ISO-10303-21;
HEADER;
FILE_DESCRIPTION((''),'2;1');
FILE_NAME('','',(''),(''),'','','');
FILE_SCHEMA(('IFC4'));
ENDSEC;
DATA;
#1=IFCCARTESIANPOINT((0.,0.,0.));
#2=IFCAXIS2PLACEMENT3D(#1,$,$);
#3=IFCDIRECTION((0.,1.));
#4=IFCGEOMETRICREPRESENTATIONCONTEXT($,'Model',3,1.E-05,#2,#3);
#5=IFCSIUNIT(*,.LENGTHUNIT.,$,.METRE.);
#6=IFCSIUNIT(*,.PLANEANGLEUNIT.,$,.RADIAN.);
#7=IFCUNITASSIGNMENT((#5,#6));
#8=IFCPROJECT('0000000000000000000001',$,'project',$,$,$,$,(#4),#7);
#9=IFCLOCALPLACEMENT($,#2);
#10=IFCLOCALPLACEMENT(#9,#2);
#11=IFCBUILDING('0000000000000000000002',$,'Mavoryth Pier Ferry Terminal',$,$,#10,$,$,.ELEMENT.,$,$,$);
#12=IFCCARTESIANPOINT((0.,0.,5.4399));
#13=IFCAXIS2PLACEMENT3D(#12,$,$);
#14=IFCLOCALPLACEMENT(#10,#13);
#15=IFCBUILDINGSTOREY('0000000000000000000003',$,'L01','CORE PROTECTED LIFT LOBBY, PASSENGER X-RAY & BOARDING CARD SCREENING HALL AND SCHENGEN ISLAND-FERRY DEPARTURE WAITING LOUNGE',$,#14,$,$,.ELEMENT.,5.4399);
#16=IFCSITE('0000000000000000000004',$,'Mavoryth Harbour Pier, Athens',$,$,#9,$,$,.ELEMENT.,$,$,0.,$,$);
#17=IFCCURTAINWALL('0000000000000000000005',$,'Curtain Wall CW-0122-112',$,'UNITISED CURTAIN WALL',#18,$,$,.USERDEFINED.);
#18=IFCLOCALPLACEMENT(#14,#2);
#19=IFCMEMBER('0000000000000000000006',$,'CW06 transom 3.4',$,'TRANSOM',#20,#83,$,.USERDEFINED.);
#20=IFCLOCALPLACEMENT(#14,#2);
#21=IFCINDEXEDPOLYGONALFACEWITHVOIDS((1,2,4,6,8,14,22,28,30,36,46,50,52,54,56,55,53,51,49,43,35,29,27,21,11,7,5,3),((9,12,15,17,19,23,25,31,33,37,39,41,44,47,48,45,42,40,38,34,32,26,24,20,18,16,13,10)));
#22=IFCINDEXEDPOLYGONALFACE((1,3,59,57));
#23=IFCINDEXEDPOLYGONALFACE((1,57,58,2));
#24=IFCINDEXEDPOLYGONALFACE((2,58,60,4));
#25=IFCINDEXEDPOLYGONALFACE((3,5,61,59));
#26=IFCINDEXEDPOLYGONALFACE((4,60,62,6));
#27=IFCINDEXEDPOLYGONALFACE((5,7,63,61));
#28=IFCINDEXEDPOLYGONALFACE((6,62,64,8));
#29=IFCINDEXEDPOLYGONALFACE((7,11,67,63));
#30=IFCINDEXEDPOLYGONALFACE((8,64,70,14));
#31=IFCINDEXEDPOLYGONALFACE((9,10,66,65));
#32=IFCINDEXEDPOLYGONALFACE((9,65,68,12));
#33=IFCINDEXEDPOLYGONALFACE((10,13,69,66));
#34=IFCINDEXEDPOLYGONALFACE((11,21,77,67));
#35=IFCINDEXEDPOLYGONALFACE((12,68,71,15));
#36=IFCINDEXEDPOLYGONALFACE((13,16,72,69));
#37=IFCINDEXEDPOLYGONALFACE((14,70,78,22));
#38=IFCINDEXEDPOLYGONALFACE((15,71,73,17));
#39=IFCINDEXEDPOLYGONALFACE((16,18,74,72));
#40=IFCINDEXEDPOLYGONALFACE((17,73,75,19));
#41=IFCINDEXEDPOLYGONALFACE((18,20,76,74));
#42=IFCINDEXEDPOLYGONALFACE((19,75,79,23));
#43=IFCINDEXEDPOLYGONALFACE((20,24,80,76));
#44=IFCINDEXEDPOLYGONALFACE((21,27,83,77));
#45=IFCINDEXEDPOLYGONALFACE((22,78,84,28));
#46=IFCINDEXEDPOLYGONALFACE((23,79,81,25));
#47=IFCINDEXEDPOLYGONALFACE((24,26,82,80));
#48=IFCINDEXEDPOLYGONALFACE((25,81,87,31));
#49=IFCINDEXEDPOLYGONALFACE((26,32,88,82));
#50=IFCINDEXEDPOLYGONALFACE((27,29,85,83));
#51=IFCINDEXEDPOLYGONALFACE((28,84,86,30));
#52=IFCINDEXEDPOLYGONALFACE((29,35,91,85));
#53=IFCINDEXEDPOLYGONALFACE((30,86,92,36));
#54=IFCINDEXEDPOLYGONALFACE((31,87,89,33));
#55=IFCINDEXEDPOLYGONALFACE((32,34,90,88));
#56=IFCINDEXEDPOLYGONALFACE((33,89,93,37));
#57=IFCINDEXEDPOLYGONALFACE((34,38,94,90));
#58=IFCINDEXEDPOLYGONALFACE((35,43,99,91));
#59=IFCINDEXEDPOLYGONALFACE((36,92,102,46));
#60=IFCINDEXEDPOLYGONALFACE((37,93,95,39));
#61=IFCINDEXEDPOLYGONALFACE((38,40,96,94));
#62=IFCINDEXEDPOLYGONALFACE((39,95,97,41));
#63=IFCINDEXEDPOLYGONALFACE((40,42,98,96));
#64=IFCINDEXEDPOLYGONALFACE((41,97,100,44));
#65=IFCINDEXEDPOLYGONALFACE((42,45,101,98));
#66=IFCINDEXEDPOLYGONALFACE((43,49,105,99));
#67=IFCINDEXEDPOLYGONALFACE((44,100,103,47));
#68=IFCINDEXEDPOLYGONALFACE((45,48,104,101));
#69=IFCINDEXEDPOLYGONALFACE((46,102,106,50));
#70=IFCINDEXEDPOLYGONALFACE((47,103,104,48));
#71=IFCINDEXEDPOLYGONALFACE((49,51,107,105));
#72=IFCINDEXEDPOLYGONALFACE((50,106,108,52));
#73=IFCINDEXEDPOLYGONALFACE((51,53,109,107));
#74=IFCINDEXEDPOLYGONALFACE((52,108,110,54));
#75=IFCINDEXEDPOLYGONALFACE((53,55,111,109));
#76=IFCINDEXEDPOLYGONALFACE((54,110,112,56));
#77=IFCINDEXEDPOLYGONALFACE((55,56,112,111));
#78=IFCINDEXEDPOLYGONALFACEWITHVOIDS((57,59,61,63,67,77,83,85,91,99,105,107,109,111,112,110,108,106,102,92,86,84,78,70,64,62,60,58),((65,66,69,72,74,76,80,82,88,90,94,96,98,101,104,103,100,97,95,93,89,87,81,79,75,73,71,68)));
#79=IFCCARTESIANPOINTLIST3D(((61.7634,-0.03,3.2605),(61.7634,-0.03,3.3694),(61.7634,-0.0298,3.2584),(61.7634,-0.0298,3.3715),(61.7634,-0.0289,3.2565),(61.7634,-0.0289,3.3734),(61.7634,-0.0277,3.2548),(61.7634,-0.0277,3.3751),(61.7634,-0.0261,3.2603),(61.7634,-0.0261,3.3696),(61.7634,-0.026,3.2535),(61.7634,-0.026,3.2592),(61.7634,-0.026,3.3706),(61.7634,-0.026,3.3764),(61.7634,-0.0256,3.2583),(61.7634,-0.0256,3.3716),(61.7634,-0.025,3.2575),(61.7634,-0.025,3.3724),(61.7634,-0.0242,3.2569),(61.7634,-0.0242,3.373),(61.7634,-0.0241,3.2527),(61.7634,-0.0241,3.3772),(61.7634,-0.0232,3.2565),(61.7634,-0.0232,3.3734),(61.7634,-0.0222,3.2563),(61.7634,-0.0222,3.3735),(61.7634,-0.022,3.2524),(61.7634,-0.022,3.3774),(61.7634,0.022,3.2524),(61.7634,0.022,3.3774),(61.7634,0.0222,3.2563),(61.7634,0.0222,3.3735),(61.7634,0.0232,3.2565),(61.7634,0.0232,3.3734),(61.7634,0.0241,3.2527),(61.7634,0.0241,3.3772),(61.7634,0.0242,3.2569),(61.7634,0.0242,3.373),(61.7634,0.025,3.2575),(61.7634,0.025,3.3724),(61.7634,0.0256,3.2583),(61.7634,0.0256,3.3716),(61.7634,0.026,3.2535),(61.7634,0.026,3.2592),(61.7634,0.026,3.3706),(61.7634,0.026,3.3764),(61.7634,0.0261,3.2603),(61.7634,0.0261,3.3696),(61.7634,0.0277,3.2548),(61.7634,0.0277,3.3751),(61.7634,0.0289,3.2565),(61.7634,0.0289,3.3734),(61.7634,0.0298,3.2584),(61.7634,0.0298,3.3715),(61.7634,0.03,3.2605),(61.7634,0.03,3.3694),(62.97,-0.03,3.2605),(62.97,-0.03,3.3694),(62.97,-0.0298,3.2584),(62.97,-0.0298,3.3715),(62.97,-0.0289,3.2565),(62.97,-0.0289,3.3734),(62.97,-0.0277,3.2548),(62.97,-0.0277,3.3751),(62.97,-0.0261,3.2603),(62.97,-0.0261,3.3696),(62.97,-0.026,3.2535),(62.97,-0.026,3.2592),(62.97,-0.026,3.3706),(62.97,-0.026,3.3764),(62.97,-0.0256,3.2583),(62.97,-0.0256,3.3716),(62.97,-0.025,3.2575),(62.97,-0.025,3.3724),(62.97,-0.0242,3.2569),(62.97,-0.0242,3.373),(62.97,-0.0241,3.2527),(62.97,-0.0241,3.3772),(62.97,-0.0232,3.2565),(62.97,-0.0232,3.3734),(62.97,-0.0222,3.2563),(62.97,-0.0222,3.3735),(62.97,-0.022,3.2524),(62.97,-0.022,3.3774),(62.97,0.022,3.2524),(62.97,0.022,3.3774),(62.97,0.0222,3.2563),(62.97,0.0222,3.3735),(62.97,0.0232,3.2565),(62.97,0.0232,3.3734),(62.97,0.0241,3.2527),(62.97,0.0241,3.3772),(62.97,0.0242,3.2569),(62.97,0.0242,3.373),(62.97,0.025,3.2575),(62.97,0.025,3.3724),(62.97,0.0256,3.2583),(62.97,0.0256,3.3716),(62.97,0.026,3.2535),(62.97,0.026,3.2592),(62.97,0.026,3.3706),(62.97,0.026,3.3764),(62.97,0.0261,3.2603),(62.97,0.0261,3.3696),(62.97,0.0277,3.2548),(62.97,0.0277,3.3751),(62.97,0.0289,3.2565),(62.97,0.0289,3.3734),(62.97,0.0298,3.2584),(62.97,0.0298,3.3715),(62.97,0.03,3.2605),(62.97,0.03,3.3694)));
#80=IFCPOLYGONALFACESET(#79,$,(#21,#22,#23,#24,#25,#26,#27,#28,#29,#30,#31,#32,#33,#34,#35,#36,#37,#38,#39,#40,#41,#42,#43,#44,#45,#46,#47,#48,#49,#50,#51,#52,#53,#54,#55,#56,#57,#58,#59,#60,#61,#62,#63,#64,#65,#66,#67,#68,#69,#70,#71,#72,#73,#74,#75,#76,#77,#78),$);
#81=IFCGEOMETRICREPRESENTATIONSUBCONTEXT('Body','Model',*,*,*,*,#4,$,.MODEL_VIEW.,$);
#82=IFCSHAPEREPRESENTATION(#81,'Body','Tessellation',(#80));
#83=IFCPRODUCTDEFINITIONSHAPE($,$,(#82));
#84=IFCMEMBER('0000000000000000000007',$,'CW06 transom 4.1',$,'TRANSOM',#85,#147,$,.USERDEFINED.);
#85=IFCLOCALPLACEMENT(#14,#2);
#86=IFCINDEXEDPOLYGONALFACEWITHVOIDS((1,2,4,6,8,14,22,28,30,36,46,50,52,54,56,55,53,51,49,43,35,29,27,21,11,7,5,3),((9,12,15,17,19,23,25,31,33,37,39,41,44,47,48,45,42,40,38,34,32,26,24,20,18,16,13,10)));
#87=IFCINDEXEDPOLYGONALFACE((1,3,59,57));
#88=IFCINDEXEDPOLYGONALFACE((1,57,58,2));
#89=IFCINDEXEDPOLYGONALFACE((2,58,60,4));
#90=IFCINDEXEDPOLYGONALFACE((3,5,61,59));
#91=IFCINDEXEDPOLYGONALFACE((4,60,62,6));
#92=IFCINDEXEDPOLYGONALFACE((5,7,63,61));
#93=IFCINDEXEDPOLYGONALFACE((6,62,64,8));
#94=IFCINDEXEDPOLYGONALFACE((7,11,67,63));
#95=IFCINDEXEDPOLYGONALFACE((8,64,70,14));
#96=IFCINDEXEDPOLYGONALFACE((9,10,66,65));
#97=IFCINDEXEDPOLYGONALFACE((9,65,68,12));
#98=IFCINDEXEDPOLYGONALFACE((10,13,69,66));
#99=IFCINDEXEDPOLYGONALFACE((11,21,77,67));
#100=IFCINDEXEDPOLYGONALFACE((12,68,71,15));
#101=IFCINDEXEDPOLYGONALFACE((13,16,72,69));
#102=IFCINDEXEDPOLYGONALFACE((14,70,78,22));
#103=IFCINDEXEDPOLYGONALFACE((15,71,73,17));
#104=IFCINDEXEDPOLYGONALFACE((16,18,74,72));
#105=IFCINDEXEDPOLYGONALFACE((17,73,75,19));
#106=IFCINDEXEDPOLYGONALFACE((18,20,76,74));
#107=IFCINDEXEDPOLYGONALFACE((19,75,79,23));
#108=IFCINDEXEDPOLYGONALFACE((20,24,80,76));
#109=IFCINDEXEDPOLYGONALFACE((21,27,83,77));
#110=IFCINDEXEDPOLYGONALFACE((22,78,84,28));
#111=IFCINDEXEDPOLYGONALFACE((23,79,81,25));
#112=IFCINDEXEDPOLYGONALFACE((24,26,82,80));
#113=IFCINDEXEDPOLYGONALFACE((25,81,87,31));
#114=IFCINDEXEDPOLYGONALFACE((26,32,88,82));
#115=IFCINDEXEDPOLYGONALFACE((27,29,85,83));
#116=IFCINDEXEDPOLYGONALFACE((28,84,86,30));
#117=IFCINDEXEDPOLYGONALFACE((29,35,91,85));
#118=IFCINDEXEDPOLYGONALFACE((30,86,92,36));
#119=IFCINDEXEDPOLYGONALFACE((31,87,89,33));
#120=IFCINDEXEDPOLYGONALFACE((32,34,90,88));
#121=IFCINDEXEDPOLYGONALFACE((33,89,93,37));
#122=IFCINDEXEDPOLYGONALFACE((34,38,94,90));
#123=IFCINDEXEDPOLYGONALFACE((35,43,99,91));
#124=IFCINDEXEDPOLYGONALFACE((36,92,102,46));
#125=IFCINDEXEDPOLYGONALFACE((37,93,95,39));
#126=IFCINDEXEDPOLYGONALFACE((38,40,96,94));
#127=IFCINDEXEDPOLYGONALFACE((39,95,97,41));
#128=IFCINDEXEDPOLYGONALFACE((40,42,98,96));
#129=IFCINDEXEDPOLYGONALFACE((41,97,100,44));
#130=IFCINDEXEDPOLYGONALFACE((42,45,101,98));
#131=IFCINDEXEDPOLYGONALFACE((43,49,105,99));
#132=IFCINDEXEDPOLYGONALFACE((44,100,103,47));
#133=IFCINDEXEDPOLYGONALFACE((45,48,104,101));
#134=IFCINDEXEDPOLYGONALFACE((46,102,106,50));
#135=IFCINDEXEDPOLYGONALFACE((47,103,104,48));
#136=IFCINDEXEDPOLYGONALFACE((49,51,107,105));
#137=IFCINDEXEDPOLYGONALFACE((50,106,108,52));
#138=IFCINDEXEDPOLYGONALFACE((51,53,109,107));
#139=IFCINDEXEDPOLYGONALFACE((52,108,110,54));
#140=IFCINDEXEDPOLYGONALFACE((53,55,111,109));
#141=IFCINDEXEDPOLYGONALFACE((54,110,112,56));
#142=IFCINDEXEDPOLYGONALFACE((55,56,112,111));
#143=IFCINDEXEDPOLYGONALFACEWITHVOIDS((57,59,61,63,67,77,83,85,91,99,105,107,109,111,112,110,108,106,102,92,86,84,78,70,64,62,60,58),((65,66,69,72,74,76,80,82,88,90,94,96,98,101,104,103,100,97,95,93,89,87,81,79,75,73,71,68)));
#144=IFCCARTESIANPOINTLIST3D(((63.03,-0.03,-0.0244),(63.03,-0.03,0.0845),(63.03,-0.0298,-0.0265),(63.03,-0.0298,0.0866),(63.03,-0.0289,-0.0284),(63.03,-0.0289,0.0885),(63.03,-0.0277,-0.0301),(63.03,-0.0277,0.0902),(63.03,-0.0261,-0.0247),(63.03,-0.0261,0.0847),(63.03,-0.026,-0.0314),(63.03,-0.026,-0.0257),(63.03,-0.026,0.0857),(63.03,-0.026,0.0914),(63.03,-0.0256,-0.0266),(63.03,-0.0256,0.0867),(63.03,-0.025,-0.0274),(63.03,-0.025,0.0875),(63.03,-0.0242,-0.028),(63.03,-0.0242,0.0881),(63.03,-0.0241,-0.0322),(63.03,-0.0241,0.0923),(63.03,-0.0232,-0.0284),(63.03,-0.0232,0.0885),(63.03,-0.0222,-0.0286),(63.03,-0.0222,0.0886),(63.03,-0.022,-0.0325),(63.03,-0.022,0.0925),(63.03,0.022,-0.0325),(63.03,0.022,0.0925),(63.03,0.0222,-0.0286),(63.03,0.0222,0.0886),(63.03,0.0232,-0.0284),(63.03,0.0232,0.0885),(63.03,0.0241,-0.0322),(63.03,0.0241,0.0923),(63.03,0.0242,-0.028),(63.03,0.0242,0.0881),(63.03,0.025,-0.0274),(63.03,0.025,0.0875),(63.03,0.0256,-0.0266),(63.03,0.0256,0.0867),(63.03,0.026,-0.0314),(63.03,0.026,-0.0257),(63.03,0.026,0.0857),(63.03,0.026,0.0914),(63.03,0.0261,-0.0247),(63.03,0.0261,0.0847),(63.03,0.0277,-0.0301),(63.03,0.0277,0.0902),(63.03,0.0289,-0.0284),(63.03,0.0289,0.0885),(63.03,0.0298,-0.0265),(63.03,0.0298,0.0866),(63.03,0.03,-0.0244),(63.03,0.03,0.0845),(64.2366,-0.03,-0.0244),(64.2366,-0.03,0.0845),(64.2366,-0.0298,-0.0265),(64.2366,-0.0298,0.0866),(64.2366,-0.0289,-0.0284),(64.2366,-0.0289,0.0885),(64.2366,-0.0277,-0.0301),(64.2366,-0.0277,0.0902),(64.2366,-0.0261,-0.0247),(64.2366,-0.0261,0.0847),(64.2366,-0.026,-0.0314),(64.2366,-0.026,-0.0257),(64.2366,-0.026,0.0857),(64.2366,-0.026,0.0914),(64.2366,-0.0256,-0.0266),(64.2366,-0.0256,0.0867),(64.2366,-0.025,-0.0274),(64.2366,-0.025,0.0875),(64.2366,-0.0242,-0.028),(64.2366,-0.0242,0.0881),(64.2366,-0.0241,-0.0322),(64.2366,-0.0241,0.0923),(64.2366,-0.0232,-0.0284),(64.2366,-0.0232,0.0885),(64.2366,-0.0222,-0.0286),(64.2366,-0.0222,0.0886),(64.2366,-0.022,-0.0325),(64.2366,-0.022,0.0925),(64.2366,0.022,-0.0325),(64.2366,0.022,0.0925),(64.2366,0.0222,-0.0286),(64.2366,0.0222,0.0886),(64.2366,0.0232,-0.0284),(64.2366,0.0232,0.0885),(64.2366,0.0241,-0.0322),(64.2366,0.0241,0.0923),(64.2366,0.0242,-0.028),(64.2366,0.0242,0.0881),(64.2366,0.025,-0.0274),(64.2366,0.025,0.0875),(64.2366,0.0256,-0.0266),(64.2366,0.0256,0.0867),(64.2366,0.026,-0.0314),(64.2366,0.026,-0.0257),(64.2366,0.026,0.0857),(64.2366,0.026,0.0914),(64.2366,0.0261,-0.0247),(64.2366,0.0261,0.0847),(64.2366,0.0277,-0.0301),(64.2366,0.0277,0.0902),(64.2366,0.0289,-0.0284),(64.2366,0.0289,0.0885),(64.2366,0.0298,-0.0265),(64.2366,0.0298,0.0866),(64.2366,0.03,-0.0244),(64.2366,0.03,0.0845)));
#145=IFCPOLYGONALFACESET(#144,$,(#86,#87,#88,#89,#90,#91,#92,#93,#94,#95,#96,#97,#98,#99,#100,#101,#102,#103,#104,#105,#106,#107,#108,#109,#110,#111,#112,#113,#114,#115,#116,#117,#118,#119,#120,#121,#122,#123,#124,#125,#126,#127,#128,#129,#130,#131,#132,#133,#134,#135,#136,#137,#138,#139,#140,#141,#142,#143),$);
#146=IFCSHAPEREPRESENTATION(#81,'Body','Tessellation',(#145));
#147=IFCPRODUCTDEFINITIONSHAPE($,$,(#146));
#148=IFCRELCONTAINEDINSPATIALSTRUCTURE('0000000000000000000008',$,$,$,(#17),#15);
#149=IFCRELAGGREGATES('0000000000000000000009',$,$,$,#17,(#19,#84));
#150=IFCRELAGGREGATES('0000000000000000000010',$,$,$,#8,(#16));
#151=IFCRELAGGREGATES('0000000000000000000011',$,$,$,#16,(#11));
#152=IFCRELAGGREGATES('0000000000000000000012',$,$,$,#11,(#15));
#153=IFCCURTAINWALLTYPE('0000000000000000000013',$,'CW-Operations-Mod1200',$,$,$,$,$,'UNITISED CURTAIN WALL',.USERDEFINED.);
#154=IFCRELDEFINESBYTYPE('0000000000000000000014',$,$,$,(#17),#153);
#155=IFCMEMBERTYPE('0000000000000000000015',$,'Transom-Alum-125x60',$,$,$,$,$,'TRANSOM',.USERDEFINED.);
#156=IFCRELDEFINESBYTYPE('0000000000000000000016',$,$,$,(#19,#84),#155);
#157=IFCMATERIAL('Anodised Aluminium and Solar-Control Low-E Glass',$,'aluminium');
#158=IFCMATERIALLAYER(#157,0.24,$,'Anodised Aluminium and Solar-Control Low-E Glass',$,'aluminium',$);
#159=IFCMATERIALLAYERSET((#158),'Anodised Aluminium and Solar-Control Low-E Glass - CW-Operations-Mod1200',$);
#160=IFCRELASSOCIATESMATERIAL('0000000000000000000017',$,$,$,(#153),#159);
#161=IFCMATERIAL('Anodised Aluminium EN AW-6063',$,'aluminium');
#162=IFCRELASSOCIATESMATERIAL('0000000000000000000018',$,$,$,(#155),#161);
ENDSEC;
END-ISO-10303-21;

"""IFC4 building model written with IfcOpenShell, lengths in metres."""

from ifc_helpers import new_model, si_unit, direction, frame, origin, origin_2d, place, context, subcontext, project, spatial, hollow_rectangle, extrude, material, layer, layer_set, material_profile, profile_set, type_object, element, aggregate, save


model = new_model("IFC4")

# Units and contexts
model_context = context("Model", 3, precision=1e-05, world=origin(), true_north=direction((0.0, 1.0)))
body_context = subcontext(model_context, "Body", "Model", "MODEL_VIEW")
ifc_project = project(units=[si_unit("LENGTHUNIT", "METRE"), si_unit("PLANEANGLEUNIT", "RADIAN")], contexts=[model_context])

# Site, building, storey
site_placement = place(None, origin())
site = spatial("IfcSite", under=ifc_project, at=site_placement, Name="Mavoryth Harbour Pier, Athens", CompositionType="ELEMENT", RefElevation=0.0)
building_placement = place(site_placement, origin())
building = spatial("IfcBuilding", under=site, at=building_placement, Name="Mavoryth Pier Ferry Terminal", CompositionType="ELEMENT")
storey_placement = place(building_placement, frame((0.0, 0.0, 5.4399)))
storey = spatial("IfcBuildingStorey", under=building, at=storey_placement, Name="L01", Description="CORE PROTECTED LIFT LOBBY, PASSENGER X-RAY & BOARDING CARD SCREENING HALL AND SCHENGEN ISLAND-FERRY DEPARTURE WAITING LOUNGE", CompositionType="ELEMENT", Elevation=5.4399)

# Curtain wall, members
ifc_material_1 = material(Name="Anodised Aluminium and Solar-Control Low-E Glass", Category="aluminium")
ifc_layer_1 = layer(ifc_material_1, 0.24, Name="Anodised Aluminium and Solar-Control Low-E Glass", Category="aluminium")
ifc_layer_set_1 = layer_set([ifc_layer_1], Name="Anodised Aluminium and Solar-Control Low-E Glass - CW-Operations-Mod1200")
curtain_wall_type = type_object("IfcCurtainWallType", Name="CW-Operations-Mod1200", ElementType="UNITISED CURTAIN WALL", PredefinedType="USERDEFINED", material=ifc_layer_set_1)
curtain_wall_placement = place(storey_placement, origin())
curtain_wall = element("IfcCurtainWall", 1, at=curtain_wall_placement, inside=storey, type_object=curtain_wall_type, Name="Curtain Wall CW-0122-112", ObjectType="UNITISED CURTAIN WALL", PredefinedType="USERDEFINED")
ifc_material_2 = material(Name="Anodised Aluminium EN AW-6063", Category="aluminium")
ifc_material_profile_1 = material_profile(ifc_material_2, hollow_rectangle(XDim=0.0601, YDim=0.125, WallThickness=0.0039, InnerFilletRadius=0.0039, OuterFilletRadius=0.0081, at=origin_2d()), Name="AL-TRAN 125x60x4", Category="aluminium")
ifc_profile_set_1 = profile_set([ifc_material_profile_1], Name="Anodised Aluminium EN AW-6063 - AL-TRAN 125x60x4")
member_type_1 = type_object("IfcMemberType", Name="Transom-Alum-125x60", ElementType="TRANSOM", PredefinedType="USERDEFINED", material=ifc_profile_set_1)
member_1_placement = place(storey_placement, frame((61.7634, 0.0, 3.3149), z_axis=(1.0, 0.0, 0.0), x_axis=(0.0, 1.0, 0.0)))
member_1 = element("IfcMember", 2, at=member_1_placement, type_object=member_type_1, Name="CW06 transom 3.4", ObjectType="TRANSOM", PredefinedType="USERDEFINED", context=body_context, shape_type="SweptSolid", body=[
    extrude(hollow_rectangle(XDim=0.0601, YDim=0.125, WallThickness=0.0039, InnerFilletRadius=0.0039, OuterFilletRadius=0.0081, at=origin_2d()), origin(), (0.0, 0.0, 1.0), 1.2065),
])
member_2_placement = place(storey_placement, frame((63.03, 0.0, 0.03), z_axis=(1.0, 0.0, 0.0), x_axis=(0.0, 1.0, 0.0)))
member_2 = element("IfcMember", 3, at=member_2_placement, type_object=member_type_1, Name="CW06 transom 4.1", ObjectType="TRANSOM", PredefinedType="USERDEFINED", context=body_context, shape_type="SweptSolid", body=[
    extrude(hollow_rectangle(XDim=0.0601, YDim=0.125, WallThickness=0.0039, InnerFilletRadius=0.0039, OuterFilletRadius=0.0081, at=origin_2d()), origin(), (0.0, 0.0, 1.0), 1.2065),
])
aggregate(curtain_wall, [member_1, member_2])

save(model, "model.ifc")
